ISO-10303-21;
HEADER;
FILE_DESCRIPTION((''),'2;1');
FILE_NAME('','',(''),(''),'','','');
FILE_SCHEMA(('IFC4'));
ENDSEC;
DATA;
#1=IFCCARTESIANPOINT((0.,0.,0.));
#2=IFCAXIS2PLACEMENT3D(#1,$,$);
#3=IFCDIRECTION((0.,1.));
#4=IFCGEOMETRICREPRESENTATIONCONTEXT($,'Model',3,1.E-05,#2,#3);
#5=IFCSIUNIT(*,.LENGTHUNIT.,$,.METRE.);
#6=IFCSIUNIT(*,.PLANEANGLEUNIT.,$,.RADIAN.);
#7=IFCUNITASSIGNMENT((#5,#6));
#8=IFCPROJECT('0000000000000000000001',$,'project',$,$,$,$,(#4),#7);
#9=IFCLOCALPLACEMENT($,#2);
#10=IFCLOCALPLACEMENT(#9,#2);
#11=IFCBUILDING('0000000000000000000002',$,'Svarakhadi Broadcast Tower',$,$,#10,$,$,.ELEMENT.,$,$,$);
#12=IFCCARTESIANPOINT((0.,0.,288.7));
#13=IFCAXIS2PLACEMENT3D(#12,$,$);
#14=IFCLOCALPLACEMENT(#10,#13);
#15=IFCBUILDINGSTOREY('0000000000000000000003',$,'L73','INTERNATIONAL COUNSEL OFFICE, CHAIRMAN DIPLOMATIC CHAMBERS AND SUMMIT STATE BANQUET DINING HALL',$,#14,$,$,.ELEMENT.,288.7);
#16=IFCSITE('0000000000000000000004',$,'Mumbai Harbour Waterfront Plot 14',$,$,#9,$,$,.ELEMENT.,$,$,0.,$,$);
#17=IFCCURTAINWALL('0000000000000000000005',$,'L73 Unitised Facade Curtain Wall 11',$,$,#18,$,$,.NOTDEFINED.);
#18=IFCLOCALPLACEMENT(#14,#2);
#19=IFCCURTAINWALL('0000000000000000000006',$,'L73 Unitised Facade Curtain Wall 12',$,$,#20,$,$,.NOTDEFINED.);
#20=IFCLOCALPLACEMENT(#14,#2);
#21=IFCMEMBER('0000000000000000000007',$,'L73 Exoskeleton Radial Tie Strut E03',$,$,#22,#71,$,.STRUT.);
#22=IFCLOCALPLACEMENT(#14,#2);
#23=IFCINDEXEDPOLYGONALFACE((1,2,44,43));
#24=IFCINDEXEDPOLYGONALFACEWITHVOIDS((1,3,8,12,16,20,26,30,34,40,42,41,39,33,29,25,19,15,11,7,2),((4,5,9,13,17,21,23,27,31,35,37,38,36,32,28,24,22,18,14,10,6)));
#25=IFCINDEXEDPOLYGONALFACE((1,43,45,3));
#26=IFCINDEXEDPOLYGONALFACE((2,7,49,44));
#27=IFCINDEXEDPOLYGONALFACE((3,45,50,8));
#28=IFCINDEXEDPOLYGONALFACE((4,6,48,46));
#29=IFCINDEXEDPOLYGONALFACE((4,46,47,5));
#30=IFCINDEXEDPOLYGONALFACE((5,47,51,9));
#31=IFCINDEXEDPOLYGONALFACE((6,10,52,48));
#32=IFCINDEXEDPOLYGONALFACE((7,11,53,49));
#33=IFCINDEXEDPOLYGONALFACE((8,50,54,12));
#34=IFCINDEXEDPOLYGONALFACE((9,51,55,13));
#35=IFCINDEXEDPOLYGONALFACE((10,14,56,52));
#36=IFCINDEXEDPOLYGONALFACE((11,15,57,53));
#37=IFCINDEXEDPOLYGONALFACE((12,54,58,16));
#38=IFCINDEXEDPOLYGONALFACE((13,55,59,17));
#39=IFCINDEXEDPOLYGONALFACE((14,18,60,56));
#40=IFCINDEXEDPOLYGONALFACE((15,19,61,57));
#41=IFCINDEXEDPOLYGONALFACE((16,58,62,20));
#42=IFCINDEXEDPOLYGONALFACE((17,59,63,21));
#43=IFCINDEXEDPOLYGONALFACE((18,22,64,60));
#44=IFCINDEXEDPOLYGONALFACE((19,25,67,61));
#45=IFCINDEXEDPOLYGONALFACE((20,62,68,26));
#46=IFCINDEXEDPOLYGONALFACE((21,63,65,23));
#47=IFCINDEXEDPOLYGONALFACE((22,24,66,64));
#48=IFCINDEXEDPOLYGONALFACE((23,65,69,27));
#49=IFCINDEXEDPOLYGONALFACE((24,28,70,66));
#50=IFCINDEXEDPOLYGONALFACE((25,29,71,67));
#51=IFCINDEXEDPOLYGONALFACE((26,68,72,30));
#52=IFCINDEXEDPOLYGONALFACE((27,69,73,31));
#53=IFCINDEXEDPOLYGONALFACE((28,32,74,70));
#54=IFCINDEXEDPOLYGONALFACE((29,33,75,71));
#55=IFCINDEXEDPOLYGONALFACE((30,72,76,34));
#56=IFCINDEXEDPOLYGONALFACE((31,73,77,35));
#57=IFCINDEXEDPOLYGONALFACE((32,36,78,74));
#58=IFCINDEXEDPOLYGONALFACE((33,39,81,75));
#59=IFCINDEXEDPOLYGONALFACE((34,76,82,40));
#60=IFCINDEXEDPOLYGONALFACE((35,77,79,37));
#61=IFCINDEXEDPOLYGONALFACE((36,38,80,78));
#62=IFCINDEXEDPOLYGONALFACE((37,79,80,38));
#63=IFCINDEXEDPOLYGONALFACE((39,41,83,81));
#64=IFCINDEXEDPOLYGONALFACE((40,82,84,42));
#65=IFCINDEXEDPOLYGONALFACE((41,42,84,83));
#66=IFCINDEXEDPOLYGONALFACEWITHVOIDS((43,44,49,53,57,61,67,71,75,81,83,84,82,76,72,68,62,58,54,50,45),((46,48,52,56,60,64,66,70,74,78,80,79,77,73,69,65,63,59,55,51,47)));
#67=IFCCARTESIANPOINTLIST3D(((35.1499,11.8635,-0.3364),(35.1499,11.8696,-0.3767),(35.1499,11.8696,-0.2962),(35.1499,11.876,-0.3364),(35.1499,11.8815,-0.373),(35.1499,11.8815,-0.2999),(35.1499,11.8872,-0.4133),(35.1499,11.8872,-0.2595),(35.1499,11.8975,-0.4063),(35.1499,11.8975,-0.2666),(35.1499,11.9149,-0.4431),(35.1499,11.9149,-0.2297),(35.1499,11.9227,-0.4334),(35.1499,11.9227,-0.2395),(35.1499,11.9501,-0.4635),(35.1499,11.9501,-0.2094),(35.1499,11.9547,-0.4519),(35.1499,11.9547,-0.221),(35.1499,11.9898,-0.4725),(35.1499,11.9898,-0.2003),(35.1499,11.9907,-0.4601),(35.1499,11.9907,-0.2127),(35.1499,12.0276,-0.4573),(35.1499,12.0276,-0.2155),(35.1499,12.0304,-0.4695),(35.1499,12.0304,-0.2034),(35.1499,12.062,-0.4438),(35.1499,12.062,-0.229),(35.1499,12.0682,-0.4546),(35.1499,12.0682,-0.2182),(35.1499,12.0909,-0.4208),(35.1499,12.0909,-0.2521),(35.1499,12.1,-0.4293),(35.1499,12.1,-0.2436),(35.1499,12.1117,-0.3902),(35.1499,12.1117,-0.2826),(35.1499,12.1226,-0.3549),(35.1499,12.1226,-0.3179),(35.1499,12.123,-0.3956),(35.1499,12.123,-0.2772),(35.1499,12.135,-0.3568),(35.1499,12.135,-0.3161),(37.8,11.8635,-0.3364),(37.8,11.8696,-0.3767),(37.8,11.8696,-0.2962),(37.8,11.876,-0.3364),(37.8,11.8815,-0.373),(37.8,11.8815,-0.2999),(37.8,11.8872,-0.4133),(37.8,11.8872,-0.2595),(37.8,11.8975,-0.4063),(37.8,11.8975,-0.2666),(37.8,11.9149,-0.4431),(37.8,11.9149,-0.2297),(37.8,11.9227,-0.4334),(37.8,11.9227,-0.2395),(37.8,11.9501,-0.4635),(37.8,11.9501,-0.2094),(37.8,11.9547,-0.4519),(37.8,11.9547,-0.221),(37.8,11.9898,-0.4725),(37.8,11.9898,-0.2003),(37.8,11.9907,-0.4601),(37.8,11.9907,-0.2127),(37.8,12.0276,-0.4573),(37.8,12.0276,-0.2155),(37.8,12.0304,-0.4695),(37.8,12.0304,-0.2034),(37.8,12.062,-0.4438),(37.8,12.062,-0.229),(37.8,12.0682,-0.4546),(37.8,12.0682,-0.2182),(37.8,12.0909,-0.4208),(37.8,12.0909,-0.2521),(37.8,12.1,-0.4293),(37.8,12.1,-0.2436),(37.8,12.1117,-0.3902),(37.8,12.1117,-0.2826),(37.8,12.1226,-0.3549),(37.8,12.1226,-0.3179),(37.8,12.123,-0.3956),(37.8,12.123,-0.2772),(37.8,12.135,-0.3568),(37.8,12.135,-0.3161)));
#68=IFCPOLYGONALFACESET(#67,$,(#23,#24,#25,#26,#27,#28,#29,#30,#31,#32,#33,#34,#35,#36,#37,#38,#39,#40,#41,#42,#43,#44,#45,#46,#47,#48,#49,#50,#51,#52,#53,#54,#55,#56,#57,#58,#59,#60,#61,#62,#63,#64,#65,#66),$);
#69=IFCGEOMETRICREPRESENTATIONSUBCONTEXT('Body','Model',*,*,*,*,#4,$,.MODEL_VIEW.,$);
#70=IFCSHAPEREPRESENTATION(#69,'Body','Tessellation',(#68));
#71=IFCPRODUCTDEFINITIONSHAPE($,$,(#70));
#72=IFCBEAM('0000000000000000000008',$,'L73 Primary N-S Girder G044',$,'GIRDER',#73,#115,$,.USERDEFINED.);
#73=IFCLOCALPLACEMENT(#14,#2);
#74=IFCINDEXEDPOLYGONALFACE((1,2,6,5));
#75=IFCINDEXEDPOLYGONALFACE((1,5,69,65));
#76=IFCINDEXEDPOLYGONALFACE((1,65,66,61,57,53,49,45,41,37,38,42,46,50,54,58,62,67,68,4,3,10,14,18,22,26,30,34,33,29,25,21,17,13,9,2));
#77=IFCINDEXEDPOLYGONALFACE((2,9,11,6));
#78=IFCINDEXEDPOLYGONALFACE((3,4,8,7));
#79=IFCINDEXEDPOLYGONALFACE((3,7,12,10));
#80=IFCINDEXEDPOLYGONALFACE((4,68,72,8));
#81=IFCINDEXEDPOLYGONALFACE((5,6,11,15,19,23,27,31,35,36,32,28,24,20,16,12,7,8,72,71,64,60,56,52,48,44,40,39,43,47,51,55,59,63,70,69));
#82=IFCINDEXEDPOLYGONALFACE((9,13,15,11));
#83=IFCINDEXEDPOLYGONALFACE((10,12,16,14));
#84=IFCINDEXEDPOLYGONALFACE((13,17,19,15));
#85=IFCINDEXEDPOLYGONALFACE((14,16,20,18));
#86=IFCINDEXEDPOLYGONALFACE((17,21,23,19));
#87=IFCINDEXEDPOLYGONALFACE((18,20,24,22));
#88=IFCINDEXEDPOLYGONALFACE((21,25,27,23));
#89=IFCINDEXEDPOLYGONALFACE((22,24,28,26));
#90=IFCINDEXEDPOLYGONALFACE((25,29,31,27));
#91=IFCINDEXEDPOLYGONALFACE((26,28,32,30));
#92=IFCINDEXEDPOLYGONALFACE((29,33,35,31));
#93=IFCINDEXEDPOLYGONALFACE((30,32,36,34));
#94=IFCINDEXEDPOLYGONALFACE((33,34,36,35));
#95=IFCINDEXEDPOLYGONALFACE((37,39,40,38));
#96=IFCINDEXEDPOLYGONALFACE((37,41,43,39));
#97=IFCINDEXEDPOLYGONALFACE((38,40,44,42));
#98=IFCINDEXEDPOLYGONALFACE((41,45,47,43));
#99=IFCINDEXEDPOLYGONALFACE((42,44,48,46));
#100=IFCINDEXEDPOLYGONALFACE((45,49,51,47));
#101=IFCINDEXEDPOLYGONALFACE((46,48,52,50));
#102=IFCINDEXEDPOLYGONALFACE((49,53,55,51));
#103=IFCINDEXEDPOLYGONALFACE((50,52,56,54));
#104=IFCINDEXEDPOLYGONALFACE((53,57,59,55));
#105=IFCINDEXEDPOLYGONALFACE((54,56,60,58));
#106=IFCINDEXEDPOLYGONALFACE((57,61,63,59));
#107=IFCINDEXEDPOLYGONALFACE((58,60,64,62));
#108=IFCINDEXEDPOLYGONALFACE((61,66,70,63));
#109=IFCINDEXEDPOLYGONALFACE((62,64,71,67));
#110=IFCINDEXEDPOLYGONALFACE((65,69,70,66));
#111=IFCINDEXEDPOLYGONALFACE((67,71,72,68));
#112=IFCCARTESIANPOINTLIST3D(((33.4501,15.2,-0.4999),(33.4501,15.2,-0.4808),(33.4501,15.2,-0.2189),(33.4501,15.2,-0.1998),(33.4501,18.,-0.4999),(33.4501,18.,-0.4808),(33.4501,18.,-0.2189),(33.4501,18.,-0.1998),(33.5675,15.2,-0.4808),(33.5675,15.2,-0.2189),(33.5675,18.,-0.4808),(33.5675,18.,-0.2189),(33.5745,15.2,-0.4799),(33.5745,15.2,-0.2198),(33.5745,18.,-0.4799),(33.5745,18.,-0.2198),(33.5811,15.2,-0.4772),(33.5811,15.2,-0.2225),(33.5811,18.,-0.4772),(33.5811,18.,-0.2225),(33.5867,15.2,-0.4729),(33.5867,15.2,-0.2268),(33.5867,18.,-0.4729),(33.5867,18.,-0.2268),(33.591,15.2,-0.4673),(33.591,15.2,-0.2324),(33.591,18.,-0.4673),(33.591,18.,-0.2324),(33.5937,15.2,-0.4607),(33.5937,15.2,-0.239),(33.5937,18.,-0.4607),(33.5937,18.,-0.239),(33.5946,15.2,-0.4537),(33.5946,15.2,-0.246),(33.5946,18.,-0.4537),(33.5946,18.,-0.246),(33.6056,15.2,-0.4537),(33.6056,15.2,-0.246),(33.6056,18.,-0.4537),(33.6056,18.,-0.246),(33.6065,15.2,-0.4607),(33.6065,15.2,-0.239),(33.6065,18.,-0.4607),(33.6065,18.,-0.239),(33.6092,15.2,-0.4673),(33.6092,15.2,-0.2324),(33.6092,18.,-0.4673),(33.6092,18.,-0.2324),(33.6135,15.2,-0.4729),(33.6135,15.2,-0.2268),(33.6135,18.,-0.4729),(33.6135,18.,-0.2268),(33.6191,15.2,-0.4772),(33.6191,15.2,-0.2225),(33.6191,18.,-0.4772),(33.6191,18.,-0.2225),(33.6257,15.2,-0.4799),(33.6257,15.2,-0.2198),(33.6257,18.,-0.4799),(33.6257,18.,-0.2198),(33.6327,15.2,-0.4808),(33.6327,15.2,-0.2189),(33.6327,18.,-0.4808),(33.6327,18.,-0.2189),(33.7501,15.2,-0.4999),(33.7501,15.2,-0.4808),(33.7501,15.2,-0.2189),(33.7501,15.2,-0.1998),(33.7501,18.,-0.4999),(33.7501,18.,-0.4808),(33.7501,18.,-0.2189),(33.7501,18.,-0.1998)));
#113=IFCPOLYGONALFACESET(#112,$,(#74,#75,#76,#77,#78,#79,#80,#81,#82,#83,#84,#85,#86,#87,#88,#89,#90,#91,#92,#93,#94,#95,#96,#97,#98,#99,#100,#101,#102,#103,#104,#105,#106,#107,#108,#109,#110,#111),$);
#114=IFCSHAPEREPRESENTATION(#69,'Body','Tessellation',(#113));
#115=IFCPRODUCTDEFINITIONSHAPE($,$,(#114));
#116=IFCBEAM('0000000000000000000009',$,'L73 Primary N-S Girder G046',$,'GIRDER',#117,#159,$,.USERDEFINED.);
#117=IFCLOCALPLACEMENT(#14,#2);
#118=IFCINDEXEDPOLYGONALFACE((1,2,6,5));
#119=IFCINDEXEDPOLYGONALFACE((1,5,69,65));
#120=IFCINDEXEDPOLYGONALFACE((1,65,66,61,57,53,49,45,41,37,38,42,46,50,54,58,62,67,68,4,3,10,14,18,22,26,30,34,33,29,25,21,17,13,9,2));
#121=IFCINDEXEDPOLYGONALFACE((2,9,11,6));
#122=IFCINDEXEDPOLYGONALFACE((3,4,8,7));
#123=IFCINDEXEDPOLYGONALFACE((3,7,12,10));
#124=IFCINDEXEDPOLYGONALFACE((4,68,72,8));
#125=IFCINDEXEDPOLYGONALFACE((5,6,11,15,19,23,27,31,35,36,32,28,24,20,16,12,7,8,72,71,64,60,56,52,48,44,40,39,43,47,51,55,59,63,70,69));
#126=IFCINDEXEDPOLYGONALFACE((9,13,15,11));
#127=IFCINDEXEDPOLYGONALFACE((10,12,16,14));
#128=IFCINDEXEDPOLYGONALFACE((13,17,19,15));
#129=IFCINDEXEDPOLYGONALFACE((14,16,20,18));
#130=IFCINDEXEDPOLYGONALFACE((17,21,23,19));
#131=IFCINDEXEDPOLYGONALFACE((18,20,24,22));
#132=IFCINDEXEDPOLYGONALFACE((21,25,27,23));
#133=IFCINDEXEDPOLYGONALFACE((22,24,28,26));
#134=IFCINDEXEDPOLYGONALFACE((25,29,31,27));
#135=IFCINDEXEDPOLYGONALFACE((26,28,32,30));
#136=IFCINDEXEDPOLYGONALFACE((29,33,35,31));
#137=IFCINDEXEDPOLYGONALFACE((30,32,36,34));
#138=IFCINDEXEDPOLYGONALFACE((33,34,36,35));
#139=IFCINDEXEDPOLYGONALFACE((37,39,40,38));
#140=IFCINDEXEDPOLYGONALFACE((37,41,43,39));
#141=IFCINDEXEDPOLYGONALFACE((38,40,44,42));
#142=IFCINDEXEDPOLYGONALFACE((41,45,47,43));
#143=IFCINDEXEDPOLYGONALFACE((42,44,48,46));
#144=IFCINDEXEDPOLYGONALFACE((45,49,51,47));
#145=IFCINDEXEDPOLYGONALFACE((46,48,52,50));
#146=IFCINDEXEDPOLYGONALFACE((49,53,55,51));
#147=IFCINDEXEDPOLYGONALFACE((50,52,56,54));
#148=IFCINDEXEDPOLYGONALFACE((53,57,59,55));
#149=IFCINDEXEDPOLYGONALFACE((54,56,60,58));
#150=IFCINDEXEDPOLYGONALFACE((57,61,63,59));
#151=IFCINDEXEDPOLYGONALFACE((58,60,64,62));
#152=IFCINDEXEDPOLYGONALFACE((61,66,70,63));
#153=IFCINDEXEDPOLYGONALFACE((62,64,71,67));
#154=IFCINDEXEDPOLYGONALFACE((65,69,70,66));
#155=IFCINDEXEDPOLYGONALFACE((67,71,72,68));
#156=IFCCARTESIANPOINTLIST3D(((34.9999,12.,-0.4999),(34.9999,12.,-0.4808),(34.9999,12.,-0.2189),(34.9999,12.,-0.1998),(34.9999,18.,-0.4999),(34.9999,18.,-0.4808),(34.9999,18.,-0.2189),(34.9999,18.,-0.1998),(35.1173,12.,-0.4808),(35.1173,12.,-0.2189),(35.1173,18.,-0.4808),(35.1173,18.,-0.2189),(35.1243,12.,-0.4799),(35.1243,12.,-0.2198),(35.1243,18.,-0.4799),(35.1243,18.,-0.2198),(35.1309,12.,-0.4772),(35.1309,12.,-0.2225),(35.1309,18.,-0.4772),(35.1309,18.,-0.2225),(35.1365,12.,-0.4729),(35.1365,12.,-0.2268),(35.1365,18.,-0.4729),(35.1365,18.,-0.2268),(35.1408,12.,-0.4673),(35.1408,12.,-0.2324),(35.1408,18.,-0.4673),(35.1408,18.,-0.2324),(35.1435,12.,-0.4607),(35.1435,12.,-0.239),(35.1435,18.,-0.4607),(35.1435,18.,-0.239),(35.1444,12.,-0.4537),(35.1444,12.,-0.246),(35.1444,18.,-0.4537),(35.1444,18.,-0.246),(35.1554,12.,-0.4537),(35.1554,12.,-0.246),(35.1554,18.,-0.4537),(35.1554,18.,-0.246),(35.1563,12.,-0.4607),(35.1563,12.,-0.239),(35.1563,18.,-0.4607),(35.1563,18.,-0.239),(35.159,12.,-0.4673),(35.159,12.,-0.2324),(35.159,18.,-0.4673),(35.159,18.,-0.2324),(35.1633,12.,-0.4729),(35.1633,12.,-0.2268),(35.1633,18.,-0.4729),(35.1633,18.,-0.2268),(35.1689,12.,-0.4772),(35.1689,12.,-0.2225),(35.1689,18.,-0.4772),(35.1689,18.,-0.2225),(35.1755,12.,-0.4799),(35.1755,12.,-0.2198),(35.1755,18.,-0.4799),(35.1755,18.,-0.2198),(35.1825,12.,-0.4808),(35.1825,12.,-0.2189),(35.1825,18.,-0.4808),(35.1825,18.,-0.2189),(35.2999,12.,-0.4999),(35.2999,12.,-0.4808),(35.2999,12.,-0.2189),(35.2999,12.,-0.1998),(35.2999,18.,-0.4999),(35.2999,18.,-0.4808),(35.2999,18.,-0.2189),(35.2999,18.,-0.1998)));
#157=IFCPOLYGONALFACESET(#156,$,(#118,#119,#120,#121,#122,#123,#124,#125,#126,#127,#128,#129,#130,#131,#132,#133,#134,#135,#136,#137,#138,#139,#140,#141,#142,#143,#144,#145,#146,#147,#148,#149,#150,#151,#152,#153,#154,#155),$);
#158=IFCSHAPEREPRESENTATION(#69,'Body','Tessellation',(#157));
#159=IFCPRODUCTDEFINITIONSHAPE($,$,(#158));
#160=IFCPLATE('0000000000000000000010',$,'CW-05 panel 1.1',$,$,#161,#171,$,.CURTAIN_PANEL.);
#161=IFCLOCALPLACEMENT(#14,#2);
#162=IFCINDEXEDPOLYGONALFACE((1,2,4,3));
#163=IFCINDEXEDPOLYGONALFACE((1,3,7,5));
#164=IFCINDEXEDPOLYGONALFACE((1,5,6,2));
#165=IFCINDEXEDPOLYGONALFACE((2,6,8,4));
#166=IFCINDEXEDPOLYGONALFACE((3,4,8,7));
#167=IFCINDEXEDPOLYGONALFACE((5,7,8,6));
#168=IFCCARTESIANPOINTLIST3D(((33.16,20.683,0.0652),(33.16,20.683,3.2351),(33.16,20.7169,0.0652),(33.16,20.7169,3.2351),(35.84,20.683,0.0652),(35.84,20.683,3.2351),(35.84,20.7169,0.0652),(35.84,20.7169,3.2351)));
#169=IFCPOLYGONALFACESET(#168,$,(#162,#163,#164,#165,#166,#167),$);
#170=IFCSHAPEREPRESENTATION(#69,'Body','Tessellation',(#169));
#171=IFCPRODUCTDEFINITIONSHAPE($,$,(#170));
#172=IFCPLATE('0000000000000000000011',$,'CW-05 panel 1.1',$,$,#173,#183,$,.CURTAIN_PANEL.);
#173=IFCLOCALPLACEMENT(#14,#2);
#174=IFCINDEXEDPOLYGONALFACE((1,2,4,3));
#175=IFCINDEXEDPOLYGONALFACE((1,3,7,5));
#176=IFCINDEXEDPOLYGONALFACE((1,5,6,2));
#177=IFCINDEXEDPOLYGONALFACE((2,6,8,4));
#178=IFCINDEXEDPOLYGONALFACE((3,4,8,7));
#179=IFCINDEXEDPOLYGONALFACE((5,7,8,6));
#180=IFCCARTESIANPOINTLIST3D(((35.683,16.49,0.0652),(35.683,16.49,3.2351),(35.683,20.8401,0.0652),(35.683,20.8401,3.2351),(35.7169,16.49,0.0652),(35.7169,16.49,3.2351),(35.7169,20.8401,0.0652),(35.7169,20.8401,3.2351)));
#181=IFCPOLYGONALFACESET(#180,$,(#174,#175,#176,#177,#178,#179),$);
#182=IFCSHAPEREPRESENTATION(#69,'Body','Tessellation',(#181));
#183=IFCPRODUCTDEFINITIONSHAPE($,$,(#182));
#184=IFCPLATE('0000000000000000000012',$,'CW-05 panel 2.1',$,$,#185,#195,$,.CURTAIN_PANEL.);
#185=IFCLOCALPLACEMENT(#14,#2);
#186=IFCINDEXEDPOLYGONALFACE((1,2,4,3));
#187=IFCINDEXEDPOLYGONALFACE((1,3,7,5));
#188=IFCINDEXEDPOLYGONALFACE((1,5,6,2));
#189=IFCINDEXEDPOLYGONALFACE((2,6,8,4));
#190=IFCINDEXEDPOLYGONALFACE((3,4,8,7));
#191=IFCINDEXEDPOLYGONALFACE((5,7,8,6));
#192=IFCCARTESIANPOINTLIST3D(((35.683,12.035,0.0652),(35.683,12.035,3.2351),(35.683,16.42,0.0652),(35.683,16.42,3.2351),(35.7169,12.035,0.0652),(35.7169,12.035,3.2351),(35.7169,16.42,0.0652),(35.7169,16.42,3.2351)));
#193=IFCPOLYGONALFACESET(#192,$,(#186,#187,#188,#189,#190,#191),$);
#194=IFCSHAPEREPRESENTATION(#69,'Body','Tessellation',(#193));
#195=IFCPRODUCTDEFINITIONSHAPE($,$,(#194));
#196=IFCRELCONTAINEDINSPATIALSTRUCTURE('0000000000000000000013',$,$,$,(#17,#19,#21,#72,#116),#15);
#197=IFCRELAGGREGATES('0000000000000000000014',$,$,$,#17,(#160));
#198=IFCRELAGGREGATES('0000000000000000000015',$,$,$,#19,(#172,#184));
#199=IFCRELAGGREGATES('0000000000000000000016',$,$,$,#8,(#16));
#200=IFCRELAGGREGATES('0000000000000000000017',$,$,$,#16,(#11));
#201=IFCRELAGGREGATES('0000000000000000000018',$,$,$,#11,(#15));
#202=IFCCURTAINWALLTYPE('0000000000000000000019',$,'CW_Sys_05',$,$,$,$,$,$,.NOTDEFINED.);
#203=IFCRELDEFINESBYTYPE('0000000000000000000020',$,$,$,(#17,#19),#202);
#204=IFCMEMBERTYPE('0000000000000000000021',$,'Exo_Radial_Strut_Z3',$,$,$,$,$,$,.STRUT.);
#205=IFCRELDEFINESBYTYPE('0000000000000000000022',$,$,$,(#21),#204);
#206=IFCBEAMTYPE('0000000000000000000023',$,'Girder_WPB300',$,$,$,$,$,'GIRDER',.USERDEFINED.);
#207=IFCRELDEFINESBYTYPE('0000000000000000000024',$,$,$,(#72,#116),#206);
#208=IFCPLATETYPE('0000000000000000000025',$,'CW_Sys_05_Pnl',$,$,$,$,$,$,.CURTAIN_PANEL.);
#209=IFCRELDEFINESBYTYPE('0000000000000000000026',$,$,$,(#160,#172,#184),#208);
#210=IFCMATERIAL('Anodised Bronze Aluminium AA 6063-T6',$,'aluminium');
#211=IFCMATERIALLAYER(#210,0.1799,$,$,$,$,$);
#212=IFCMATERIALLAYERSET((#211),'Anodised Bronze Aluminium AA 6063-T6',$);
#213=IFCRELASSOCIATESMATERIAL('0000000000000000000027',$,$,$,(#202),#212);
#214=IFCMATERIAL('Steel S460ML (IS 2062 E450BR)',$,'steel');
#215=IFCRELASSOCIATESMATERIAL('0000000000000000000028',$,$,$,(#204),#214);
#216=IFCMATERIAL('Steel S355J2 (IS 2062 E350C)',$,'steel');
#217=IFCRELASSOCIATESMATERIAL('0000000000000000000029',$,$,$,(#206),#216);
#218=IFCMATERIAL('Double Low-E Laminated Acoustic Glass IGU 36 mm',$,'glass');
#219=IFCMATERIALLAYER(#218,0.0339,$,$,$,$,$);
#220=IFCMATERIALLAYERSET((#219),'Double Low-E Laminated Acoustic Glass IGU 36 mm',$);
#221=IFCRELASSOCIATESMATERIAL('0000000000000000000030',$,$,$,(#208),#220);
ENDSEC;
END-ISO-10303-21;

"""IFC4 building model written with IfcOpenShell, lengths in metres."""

from ifc_helpers import new_model, si_unit, direction, frame, origin, origin_2d, place, context, subcontext, project, spatial, rectangle, hollow_circle, i_section, extrude, material, layer, layer_set, material_profile, profile_set, type_object, element, aggregate, save


model = new_model("IFC4")

# Units and contexts
model_context = context("Model", 3, precision=1e-05, world=origin(), true_north=direction((0.0, 1.0)))
body_context = subcontext(model_context, "Body", "Model", "MODEL_VIEW")
ifc_project = project(units=[si_unit("LENGTHUNIT", "METRE"), si_unit("PLANEANGLEUNIT", "RADIAN")], contexts=[model_context])

# Site, building, storey
site_placement = place(None, origin())
site = spatial("IfcSite", under=ifc_project, at=site_placement, Name="Mumbai Harbour Waterfront Plot 14", CompositionType="ELEMENT", RefElevation=0.0)
building_placement = place(site_placement, origin())
building = spatial("IfcBuilding", under=site, at=building_placement, Name="Svarakhadi Broadcast Tower", CompositionType="ELEMENT")
storey_placement = place(building_placement, frame((0.0, 0.0, 288.7)))
storey = spatial("IfcBuildingStorey", under=building, at=storey_placement, Name="L73", Description="INTERNATIONAL COUNSEL OFFICE, CHAIRMAN DIPLOMATIC CHAMBERS AND SUMMIT STATE BANQUET DINING HALL", CompositionType="ELEMENT", Elevation=288.7)

# Shared definitions
ifc_material_1 = material(Name="Steel S460ML (IS 2062 E450BR)", Category="steel")

# Curtain wall
ifc_material_2 = material(Name="Anodised Bronze Aluminium AA 6063-T6", Category="aluminium")
ifc_layer_1 = layer(ifc_material_2, 0.1799)
ifc_layer_set_1 = layer_set([ifc_layer_1], Name="Anodised Bronze Aluminium AA 6063-T6")
curtain_wall_type = type_object("IfcCurtainWallType", Name="CW_Sys_05", PredefinedType="NOTDEFINED", material=ifc_layer_set_1)
curtain_wall_1_placement = place(storey_placement, origin())
curtain_wall_1 = element("IfcCurtainWall", 1, at=curtain_wall_1_placement, inside=storey, type_object=curtain_wall_type, Name="L73 Unitised Facade Curtain Wall 11", PredefinedType="NOTDEFINED")

# Curtain wall
curtain_wall_2_placement = place(storey_placement, origin())
curtain_wall_2 = element("IfcCurtainWall", 2, at=curtain_wall_2_placement, inside=storey, type_object=curtain_wall_type, Name="L73 Unitised Facade Curtain Wall 12", PredefinedType="NOTDEFINED")

# Member
ifc_material_profile_1 = material_profile(ifc_material_1, hollow_circle(Radius=0.1365, WallThickness=0.0125, at=origin_2d()), Name="CHS 273x12.5")
ifc_profile_set_1 = profile_set([ifc_material_profile_1], Name="Steel S460ML (IS 2062 E450BR)")
member_type_1 = type_object("IfcMemberType", Name="Exo_Radial_Strut_Z3", PredefinedType="STRUT", material=ifc_profile_set_1)
member_1_placement = place(storey_placement, frame((37.8, 12.0, -0.3364), z_axis=(-1.0, 0.0, 0.0), x_axis=(0.0, -1.0, 0.0)))
element("IfcMember", 3, at=member_1_placement, inside=storey, type_object=member_type_1, Name="L73 Exoskeleton Radial Tie Strut E03", PredefinedType="STRUT", context=body_context, shape_type="SweptSolid", body=[
    extrude(hollow_circle(Radius=0.1365, WallThickness=0.0125, at=origin_2d()), origin(), (0.0, 0.0, 1.0), 2.6501),
])

# Beams
ifc_material_3 = material(Name="Steel S355J2 (IS 2062 E350C)", Category="steel")
ifc_material_profile_2 = material_profile(ifc_material_3, i_section(OverallWidth=0.3, OverallDepth=0.3, WebThickness=0.011, FlangeThickness=0.019, FilletRadius=0.0271, at=origin_2d()), Name="WPB 300x300x117")
ifc_profile_set_2 = profile_set([ifc_material_profile_2], Name="Steel S355J2 (IS 2062 E350C)")
beam_type = type_object("IfcBeamType", Name="Girder_WPB300", ElementType="GIRDER", PredefinedType="USERDEFINED", material=ifc_profile_set_2)
beam_1_placement = place(storey_placement, frame((33.6001, 15.2, -0.3499), z_axis=(0.0, 1.0, 0.0), x_axis=(-1.0, 0.0, 0.0)))
element("IfcBeam", 4, at=beam_1_placement, inside=storey, type_object=beam_type, Name="L73 Primary N-S Girder G044", ObjectType="GIRDER", PredefinedType="USERDEFINED", context=body_context, shape_type="SweptSolid", body=[
    extrude(i_section(OverallWidth=0.3, OverallDepth=0.3, WebThickness=0.011, FlangeThickness=0.019, FilletRadius=0.0271, at=origin_2d()), origin(), (0.0, 0.0, 1.0), 2.8),
])
beam_2_placement = place(storey_placement, frame((35.1499, 12.0, -0.3499), z_axis=(0.0, 1.0, 0.0), x_axis=(-1.0, 0.0, 0.0)))
element("IfcBeam", 5, at=beam_2_placement, inside=storey, type_object=beam_type, Name="L73 Primary N-S Girder G046", ObjectType="GIRDER", PredefinedType="USERDEFINED", context=body_context, shape_type="SweptSolid", body=[
    extrude(i_section(OverallWidth=0.3, OverallDepth=0.3, WebThickness=0.011, FlangeThickness=0.019, FilletRadius=0.0271, at=origin_2d()), origin(), (0.0, 0.0, 1.0), 6.0),
])

# Plates
ifc_material_4 = material(Name="Double Low-E Laminated Acoustic Glass IGU 36 mm", Category="glass")
ifc_layer_2 = layer(ifc_material_4, 0.0339)
ifc_layer_set_2 = layer_set([ifc_layer_2], Name="Double Low-E Laminated Acoustic Glass IGU 36 mm")
plate_type_1 = type_object("IfcPlateType", Name="CW_Sys_05_Pnl", PredefinedType="CURTAIN_PANEL", material=ifc_layer_set_2)
plate_1_placement = place(storey_placement, frame((34.5, 20.7, 0.0652), z_axis=(0.0, 0.0, 1.0), x_axis=(1.0, 0.0, 0.0)))
plate_1 = element("IfcPlate", 6, at=plate_1_placement, type_object=plate_type_1, Name="CW-05 panel 1.1", PredefinedType="CURTAIN_PANEL", context=body_context, shape_type="SweptSolid", body=[
    extrude(rectangle(XDim=2.6799, YDim=0.0339, at=origin_2d()), origin(), (0.0, 0.0, 1.0), 3.1699),
])
aggregate(curtain_wall_1, [plate_1])
plate_2_placement = place(storey_placement, frame((35.7, 18.665, 0.0652), z_axis=(0.0, 0.0, 1.0), x_axis=(0.0, -1.0, 0.0)))
plate_2 = element("IfcPlate", 7, at=plate_2_placement, type_object=plate_type_1, Name="CW-05 panel 1.1", PredefinedType="CURTAIN_PANEL", context=body_context, shape_type="SweptSolid", body=[
    extrude(rectangle(XDim=4.3501, YDim=0.0339, at=origin_2d()), origin(), (0.0, 0.0, 1.0), 3.1699),
])
plate_3_placement = place(storey_placement, frame((35.7, 14.2275, 0.0652), z_axis=(0.0, 0.0, 1.0), x_axis=(0.0, -1.0, 0.0)))
plate_3 = element("IfcPlate", 8, at=plate_3_placement, type_object=plate_type_1, Name="CW-05 panel 2.1", PredefinedType="CURTAIN_PANEL", context=body_context, shape_type="SweptSolid", body=[
    extrude(rectangle(XDim=4.385, YDim=0.0339, at=origin_2d()), origin(), (0.0, 0.0, 1.0), 3.1699),
])
aggregate(curtain_wall_2, [plate_2, plate_3])

save(model, "model.ifc")
